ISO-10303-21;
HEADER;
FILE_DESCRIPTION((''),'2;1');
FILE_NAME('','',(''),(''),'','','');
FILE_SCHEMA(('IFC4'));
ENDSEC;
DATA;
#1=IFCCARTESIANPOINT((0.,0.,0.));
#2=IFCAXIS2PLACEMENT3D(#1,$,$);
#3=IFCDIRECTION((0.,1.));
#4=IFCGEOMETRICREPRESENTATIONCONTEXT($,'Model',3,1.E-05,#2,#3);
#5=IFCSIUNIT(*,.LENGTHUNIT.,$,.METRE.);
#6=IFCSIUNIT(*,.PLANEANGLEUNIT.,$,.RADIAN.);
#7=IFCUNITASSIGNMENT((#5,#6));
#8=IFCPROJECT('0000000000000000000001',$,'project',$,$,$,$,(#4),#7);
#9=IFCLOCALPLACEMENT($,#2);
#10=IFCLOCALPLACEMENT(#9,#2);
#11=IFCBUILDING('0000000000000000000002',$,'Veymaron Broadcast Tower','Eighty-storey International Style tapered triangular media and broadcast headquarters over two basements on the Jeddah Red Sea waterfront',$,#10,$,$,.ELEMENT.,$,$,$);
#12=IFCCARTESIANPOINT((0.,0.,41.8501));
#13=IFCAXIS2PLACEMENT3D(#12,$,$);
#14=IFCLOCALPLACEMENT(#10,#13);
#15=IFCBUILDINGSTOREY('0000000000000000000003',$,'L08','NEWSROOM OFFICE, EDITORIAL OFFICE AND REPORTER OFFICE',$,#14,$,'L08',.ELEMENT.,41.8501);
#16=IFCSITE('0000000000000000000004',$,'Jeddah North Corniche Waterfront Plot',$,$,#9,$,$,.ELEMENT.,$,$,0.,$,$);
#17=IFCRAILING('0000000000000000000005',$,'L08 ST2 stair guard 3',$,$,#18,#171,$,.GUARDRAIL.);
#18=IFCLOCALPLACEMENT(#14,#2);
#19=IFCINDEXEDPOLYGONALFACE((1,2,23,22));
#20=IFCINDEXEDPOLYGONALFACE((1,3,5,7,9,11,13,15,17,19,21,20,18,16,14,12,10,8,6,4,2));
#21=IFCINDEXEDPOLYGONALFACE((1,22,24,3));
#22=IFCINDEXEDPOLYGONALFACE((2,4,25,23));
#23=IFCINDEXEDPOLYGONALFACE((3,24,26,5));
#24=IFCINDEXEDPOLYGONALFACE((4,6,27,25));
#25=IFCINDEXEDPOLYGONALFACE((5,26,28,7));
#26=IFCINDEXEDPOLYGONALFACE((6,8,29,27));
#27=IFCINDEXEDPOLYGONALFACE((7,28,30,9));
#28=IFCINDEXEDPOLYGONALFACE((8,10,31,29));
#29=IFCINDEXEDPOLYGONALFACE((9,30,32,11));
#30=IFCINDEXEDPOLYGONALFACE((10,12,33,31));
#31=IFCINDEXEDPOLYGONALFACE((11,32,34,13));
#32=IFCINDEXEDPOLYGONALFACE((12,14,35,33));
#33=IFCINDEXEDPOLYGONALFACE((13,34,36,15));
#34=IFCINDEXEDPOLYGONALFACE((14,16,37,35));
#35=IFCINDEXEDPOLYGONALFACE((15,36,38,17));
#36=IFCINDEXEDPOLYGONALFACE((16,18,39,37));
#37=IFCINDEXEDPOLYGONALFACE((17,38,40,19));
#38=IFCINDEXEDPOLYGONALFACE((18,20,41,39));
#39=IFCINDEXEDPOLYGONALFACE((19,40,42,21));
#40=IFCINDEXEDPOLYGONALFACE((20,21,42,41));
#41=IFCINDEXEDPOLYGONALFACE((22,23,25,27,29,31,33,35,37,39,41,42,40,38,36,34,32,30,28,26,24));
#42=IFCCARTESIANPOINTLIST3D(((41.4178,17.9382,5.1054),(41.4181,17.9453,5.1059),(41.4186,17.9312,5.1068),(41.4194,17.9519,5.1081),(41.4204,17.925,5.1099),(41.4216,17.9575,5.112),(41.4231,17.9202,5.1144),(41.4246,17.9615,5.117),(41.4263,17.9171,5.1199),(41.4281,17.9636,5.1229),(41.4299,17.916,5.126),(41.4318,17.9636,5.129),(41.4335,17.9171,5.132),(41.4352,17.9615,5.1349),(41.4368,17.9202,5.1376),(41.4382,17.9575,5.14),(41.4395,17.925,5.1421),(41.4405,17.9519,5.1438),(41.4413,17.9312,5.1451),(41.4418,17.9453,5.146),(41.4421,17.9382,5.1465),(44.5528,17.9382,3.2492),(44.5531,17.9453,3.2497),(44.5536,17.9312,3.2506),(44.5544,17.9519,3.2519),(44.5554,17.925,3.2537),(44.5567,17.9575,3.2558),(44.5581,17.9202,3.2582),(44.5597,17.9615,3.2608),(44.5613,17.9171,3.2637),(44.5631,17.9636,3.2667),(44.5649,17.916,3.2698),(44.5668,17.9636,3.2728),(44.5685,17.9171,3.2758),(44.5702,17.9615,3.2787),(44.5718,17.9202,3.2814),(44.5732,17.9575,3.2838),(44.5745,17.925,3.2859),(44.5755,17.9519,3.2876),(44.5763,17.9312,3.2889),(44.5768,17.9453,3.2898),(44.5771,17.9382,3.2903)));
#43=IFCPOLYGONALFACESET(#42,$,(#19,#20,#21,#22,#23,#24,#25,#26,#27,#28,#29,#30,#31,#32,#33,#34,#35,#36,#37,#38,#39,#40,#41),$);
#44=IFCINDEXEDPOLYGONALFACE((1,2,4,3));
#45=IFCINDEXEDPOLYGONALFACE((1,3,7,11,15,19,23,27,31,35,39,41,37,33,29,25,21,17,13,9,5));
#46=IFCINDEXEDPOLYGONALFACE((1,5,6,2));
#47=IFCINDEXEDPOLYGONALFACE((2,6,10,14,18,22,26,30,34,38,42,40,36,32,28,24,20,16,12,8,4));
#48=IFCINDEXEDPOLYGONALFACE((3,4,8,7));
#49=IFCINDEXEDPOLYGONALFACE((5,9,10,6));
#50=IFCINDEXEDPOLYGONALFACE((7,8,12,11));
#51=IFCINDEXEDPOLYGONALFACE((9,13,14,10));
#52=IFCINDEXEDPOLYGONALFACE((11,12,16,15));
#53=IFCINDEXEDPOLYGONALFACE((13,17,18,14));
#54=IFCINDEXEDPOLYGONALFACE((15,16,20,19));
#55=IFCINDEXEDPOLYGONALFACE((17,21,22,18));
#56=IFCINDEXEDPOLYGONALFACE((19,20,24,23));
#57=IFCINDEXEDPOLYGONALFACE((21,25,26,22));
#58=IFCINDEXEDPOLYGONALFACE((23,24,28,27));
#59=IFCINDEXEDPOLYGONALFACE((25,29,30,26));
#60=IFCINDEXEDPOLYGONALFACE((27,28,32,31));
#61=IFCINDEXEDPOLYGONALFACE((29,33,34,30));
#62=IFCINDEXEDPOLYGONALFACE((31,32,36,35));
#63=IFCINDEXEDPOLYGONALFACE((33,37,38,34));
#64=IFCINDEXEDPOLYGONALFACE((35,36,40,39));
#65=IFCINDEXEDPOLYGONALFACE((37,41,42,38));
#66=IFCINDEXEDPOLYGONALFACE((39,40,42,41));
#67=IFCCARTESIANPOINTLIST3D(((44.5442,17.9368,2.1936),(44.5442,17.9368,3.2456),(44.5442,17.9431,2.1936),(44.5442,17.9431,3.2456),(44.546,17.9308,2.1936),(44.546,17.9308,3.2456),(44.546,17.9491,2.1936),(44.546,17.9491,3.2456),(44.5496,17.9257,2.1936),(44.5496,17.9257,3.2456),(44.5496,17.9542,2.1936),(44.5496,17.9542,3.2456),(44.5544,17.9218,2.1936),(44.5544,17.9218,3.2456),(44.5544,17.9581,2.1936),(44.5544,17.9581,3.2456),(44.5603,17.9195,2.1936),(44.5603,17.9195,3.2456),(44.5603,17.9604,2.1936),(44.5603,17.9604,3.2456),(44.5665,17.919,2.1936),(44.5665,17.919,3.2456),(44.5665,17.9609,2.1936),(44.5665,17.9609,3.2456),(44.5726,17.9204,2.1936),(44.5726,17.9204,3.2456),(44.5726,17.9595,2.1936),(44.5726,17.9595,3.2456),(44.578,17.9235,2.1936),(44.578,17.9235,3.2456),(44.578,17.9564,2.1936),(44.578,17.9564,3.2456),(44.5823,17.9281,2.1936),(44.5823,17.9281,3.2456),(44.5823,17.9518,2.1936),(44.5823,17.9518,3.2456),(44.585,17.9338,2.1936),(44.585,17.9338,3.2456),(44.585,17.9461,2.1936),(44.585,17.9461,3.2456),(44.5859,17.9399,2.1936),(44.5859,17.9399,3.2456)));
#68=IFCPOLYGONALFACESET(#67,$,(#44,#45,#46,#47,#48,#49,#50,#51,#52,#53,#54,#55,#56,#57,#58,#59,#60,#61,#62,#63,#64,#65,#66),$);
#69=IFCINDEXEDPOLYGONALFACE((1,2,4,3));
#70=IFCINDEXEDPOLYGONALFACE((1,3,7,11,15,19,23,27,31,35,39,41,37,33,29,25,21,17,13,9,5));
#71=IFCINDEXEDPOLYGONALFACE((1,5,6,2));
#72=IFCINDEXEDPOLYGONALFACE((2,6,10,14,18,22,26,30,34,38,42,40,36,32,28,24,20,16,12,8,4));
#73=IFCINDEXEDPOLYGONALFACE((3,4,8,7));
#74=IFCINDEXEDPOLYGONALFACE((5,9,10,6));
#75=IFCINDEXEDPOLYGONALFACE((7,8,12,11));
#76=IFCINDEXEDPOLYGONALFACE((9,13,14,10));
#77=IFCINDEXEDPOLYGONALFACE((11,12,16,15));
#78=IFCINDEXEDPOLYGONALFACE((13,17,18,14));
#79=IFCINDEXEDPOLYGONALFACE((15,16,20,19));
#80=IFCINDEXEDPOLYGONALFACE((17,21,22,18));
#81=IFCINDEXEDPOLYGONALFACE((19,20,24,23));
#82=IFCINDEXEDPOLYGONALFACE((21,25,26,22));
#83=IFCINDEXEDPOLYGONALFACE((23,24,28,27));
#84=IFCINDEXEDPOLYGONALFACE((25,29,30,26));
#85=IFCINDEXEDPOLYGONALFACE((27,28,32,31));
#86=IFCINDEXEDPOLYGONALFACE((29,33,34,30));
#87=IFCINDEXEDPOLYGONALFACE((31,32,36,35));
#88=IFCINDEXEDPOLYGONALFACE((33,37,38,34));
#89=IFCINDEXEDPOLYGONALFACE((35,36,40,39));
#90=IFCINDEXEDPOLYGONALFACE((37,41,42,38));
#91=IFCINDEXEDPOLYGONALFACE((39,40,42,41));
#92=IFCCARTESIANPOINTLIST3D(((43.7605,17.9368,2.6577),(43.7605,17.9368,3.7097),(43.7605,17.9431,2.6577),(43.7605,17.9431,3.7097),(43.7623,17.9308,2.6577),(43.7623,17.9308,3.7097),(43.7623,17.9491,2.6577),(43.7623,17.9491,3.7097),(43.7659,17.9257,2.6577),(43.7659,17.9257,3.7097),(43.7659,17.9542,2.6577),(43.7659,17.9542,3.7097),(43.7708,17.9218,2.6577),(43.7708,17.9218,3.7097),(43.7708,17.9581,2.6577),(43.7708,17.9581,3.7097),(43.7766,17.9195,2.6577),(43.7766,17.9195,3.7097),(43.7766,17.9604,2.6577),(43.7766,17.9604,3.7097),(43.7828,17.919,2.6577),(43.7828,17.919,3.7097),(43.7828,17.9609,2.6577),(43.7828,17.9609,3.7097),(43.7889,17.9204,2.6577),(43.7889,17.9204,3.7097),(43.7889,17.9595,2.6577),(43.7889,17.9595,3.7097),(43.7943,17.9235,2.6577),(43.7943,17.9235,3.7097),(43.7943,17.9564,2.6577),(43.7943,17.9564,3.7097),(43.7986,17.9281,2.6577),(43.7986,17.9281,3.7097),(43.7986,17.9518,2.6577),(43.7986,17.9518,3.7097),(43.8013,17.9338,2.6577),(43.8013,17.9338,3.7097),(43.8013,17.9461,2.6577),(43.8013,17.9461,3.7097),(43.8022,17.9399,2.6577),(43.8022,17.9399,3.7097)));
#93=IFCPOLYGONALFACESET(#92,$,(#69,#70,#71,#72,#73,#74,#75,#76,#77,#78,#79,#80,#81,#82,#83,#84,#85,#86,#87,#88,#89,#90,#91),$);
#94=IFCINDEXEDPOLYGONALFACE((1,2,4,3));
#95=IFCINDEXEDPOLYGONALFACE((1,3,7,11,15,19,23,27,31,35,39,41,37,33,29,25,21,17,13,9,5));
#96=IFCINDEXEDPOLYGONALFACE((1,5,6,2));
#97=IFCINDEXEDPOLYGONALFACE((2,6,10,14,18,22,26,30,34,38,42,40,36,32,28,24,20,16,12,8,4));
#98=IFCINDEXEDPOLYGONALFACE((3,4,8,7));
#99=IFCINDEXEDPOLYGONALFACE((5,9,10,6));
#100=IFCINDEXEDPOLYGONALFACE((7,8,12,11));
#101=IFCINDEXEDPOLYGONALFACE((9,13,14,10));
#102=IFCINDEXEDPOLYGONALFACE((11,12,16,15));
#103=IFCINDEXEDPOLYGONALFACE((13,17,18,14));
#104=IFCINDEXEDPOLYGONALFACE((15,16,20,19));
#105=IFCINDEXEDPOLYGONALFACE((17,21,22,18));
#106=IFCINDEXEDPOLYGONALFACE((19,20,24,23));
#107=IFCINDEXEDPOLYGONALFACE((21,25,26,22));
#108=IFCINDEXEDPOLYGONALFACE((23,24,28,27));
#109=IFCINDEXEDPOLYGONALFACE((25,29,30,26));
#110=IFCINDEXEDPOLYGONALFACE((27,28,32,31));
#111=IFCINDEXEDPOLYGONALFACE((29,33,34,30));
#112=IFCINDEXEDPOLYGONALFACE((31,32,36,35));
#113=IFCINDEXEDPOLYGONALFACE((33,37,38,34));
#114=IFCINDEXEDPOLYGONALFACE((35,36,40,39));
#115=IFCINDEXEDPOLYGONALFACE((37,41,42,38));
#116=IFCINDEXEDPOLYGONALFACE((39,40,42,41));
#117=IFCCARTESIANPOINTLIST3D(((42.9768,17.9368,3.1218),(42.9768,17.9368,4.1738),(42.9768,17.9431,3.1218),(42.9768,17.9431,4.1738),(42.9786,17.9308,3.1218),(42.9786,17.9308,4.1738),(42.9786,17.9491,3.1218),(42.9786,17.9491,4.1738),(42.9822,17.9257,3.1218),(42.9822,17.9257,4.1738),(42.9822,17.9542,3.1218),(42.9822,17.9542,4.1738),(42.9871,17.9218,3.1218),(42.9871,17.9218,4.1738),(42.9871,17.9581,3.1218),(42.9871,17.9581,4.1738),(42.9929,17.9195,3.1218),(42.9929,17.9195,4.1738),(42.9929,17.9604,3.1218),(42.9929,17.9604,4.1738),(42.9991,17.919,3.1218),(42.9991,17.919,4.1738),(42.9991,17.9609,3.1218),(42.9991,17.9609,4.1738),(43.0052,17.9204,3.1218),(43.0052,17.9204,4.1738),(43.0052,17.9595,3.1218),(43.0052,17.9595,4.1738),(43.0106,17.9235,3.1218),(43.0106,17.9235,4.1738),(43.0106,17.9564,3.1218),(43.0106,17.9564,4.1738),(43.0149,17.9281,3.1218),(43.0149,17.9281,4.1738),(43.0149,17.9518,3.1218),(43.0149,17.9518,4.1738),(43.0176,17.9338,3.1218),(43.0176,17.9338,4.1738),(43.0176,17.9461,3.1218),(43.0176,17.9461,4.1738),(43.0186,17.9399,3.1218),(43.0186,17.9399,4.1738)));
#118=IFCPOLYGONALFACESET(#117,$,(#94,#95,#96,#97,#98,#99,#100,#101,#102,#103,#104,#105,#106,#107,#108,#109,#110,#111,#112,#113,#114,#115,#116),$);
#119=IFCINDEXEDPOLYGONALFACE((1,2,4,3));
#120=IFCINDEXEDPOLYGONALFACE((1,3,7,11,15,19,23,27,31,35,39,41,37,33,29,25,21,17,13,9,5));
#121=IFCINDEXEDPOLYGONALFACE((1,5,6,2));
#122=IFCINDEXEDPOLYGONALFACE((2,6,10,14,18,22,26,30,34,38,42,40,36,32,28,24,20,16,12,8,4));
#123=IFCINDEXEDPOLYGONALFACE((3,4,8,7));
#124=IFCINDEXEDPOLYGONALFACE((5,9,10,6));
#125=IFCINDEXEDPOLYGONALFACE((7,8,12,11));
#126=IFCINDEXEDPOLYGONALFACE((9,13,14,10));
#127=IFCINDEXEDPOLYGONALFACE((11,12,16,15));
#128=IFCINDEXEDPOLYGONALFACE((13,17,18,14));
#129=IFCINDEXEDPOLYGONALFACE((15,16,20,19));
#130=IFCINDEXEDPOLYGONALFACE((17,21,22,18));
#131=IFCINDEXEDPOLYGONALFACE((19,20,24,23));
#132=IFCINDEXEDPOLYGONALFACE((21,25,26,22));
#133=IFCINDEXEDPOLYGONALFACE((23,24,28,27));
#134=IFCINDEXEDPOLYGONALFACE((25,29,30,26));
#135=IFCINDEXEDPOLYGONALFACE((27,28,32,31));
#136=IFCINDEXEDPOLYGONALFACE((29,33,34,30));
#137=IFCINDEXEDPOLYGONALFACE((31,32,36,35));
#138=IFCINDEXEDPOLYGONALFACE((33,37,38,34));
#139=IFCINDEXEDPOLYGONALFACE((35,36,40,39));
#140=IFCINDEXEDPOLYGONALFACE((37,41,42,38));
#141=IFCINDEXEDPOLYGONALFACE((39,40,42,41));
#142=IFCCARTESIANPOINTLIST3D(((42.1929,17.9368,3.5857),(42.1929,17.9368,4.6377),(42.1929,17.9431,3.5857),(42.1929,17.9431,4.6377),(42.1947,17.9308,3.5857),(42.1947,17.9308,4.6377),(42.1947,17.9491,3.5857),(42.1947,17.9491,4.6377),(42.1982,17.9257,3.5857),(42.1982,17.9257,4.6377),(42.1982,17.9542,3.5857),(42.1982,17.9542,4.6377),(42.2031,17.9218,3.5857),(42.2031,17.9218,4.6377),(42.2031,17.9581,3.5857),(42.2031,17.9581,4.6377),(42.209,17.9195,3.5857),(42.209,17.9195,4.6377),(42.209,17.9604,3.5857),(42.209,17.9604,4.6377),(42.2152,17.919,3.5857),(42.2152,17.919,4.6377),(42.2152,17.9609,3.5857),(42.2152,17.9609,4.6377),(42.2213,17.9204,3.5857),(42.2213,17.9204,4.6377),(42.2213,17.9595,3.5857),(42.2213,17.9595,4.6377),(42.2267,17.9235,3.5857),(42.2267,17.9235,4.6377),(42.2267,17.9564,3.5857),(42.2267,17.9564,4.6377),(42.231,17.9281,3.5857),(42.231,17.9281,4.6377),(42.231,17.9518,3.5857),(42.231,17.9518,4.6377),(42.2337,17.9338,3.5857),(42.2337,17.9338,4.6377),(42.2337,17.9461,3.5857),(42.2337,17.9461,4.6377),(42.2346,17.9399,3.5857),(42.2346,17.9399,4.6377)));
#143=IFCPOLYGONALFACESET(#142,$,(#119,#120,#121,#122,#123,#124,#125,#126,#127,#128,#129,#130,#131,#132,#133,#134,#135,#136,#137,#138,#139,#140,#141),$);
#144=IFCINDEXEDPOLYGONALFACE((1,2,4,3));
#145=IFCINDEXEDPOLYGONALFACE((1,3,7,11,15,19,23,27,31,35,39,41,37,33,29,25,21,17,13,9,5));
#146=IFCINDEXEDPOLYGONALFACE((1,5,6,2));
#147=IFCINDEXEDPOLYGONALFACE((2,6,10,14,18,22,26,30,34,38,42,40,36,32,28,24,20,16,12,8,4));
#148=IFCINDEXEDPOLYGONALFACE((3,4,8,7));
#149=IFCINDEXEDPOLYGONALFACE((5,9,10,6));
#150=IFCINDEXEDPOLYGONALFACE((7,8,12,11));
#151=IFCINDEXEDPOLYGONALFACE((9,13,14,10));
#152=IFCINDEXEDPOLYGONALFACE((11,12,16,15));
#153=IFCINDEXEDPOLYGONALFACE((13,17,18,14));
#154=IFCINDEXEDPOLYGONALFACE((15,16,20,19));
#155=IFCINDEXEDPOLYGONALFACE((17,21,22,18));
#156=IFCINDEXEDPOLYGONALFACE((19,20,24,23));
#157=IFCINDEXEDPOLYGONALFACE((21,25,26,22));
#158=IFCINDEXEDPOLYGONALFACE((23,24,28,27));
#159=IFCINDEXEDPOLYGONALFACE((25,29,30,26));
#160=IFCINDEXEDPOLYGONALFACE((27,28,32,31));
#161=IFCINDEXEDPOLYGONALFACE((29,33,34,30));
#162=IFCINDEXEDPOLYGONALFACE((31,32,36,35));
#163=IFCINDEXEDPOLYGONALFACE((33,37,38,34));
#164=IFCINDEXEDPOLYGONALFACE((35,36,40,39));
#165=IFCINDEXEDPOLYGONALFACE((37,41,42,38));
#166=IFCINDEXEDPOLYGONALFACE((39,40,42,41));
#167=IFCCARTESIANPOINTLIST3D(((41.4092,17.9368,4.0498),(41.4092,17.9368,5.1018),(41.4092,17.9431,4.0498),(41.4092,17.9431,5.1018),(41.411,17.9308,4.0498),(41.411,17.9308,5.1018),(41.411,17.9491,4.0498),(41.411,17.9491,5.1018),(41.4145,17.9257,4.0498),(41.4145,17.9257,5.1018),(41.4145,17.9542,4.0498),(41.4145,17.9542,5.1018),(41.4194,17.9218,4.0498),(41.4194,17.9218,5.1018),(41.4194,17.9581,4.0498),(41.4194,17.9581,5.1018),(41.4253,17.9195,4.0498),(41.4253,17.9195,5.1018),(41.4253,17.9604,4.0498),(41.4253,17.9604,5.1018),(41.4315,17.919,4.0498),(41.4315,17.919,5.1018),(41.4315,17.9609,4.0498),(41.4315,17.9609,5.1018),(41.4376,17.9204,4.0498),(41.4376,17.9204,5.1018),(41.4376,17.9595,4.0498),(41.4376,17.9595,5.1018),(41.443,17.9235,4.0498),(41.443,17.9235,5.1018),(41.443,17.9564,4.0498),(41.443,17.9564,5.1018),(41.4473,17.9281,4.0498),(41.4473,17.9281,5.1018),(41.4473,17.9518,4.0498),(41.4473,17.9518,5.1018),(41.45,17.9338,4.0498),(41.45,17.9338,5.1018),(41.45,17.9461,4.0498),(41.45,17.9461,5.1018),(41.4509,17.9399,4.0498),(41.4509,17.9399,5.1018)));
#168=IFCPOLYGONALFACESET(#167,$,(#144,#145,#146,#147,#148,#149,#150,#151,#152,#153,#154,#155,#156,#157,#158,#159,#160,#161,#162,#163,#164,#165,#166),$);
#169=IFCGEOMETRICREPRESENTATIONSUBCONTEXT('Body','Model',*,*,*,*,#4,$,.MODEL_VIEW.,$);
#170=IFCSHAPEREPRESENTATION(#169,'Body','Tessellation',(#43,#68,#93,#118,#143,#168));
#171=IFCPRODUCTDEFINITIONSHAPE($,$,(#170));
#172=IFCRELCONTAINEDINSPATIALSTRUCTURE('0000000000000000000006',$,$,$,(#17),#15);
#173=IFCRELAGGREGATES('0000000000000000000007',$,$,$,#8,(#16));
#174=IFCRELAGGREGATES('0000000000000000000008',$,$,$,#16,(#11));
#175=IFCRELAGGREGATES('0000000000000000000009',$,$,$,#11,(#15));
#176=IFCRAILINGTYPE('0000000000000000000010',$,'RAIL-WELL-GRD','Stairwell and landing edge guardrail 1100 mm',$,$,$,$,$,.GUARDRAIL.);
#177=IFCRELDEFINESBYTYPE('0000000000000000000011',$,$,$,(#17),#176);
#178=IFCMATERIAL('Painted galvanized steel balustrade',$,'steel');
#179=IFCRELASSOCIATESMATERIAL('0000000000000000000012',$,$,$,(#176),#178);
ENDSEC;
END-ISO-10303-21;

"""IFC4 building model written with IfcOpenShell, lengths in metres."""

from ifc_helpers import new_model, si_unit, direction, frame, origin, origin_2d, place, context, subcontext, project, spatial, circle, extrude, material, type_object, element, save


model = new_model("IFC4")

# Units and contexts
model_context = context("Model", 3, precision=1e-05, world=origin(), true_north=direction((0.0, 1.0)))
body_context = subcontext(model_context, "Body", "Model", "MODEL_VIEW")
ifc_project = project(units=[si_unit("LENGTHUNIT", "METRE"), si_unit("PLANEANGLEUNIT", "RADIAN")], contexts=[model_context])

# Site, building, storey
site_placement = place(None, origin())
site = spatial("IfcSite", under=ifc_project, at=site_placement, Name="Jeddah North Corniche Waterfront Plot", CompositionType="ELEMENT", RefElevation=0.0)
building_placement = place(site_placement, origin())
building = spatial("IfcBuilding", under=site, at=building_placement, Name="Veymaron Broadcast Tower", Description="Eighty-storey International Style tapered triangular media and broadcast headquarters over two basements on the Jeddah Red Sea waterfront", CompositionType="ELEMENT")
storey_placement = place(building_placement, frame((0.0, 0.0, 41.8501)))
storey = spatial("IfcBuildingStorey", under=building, at=storey_placement, Name="L08", Description="NEWSROOM OFFICE, EDITORIAL OFFICE AND REPORTER OFFICE", LongName="L08", CompositionType="ELEMENT", Elevation=41.8501)

# Railing
ifc_material_1 = material(Name="Painted galvanized steel balustrade", Category="steel")
railing_type_1 = type_object("IfcRailingType", Name="RAIL-WELL-GRD", Description="Stairwell and landing edge guardrail 1100 mm", PredefinedType="GUARDRAIL", material=ifc_material_1)
railing_1_placement = place(storey_placement, frame((44.5649, 17.9399, 2.1936)))
element("IfcRailing", 1, at=railing_1_placement, inside=storey, type_object=railing_type_1, Name="L08 ST2 stair guard 3", PredefinedType="GUARDRAIL", context=body_context, shape_type="SweptSolid", body=[
    extrude(circle(Radius=0.0239, at=origin_2d()), frame((0.0, 0.0, 1.0762), z_axis=(-0.860482, 0.0, 0.509481), x_axis=(0.0, -1.0, 0.0)), (0.0, 0.0, 1.0), 3.6433),
    extrude(circle(Radius=0.021, at=origin_2d()), origin(), (0.0, 0.0, 1.0), 1.052),
    extrude(circle(Radius=0.021, at=origin_2d()), frame((-0.7837, 0.0, 0.4641)), (0.0, 0.0, 1.0), 1.052),
    extrude(circle(Radius=0.021, at=origin_2d()), frame((-1.5674, 0.0, 0.9282)), (0.0, 0.0, 1.0), 1.052),
    extrude(circle(Radius=0.021, at=origin_2d()), frame((-2.3513, 0.0, 1.3921)), (0.0, 0.0, 1.0), 1.052),
    extrude(circle(Radius=0.021, at=origin_2d()), frame((-3.135, 0.0, 1.8562)), (0.0, 0.0, 1.0), 1.052),
])

save(model, "model.ifc")
